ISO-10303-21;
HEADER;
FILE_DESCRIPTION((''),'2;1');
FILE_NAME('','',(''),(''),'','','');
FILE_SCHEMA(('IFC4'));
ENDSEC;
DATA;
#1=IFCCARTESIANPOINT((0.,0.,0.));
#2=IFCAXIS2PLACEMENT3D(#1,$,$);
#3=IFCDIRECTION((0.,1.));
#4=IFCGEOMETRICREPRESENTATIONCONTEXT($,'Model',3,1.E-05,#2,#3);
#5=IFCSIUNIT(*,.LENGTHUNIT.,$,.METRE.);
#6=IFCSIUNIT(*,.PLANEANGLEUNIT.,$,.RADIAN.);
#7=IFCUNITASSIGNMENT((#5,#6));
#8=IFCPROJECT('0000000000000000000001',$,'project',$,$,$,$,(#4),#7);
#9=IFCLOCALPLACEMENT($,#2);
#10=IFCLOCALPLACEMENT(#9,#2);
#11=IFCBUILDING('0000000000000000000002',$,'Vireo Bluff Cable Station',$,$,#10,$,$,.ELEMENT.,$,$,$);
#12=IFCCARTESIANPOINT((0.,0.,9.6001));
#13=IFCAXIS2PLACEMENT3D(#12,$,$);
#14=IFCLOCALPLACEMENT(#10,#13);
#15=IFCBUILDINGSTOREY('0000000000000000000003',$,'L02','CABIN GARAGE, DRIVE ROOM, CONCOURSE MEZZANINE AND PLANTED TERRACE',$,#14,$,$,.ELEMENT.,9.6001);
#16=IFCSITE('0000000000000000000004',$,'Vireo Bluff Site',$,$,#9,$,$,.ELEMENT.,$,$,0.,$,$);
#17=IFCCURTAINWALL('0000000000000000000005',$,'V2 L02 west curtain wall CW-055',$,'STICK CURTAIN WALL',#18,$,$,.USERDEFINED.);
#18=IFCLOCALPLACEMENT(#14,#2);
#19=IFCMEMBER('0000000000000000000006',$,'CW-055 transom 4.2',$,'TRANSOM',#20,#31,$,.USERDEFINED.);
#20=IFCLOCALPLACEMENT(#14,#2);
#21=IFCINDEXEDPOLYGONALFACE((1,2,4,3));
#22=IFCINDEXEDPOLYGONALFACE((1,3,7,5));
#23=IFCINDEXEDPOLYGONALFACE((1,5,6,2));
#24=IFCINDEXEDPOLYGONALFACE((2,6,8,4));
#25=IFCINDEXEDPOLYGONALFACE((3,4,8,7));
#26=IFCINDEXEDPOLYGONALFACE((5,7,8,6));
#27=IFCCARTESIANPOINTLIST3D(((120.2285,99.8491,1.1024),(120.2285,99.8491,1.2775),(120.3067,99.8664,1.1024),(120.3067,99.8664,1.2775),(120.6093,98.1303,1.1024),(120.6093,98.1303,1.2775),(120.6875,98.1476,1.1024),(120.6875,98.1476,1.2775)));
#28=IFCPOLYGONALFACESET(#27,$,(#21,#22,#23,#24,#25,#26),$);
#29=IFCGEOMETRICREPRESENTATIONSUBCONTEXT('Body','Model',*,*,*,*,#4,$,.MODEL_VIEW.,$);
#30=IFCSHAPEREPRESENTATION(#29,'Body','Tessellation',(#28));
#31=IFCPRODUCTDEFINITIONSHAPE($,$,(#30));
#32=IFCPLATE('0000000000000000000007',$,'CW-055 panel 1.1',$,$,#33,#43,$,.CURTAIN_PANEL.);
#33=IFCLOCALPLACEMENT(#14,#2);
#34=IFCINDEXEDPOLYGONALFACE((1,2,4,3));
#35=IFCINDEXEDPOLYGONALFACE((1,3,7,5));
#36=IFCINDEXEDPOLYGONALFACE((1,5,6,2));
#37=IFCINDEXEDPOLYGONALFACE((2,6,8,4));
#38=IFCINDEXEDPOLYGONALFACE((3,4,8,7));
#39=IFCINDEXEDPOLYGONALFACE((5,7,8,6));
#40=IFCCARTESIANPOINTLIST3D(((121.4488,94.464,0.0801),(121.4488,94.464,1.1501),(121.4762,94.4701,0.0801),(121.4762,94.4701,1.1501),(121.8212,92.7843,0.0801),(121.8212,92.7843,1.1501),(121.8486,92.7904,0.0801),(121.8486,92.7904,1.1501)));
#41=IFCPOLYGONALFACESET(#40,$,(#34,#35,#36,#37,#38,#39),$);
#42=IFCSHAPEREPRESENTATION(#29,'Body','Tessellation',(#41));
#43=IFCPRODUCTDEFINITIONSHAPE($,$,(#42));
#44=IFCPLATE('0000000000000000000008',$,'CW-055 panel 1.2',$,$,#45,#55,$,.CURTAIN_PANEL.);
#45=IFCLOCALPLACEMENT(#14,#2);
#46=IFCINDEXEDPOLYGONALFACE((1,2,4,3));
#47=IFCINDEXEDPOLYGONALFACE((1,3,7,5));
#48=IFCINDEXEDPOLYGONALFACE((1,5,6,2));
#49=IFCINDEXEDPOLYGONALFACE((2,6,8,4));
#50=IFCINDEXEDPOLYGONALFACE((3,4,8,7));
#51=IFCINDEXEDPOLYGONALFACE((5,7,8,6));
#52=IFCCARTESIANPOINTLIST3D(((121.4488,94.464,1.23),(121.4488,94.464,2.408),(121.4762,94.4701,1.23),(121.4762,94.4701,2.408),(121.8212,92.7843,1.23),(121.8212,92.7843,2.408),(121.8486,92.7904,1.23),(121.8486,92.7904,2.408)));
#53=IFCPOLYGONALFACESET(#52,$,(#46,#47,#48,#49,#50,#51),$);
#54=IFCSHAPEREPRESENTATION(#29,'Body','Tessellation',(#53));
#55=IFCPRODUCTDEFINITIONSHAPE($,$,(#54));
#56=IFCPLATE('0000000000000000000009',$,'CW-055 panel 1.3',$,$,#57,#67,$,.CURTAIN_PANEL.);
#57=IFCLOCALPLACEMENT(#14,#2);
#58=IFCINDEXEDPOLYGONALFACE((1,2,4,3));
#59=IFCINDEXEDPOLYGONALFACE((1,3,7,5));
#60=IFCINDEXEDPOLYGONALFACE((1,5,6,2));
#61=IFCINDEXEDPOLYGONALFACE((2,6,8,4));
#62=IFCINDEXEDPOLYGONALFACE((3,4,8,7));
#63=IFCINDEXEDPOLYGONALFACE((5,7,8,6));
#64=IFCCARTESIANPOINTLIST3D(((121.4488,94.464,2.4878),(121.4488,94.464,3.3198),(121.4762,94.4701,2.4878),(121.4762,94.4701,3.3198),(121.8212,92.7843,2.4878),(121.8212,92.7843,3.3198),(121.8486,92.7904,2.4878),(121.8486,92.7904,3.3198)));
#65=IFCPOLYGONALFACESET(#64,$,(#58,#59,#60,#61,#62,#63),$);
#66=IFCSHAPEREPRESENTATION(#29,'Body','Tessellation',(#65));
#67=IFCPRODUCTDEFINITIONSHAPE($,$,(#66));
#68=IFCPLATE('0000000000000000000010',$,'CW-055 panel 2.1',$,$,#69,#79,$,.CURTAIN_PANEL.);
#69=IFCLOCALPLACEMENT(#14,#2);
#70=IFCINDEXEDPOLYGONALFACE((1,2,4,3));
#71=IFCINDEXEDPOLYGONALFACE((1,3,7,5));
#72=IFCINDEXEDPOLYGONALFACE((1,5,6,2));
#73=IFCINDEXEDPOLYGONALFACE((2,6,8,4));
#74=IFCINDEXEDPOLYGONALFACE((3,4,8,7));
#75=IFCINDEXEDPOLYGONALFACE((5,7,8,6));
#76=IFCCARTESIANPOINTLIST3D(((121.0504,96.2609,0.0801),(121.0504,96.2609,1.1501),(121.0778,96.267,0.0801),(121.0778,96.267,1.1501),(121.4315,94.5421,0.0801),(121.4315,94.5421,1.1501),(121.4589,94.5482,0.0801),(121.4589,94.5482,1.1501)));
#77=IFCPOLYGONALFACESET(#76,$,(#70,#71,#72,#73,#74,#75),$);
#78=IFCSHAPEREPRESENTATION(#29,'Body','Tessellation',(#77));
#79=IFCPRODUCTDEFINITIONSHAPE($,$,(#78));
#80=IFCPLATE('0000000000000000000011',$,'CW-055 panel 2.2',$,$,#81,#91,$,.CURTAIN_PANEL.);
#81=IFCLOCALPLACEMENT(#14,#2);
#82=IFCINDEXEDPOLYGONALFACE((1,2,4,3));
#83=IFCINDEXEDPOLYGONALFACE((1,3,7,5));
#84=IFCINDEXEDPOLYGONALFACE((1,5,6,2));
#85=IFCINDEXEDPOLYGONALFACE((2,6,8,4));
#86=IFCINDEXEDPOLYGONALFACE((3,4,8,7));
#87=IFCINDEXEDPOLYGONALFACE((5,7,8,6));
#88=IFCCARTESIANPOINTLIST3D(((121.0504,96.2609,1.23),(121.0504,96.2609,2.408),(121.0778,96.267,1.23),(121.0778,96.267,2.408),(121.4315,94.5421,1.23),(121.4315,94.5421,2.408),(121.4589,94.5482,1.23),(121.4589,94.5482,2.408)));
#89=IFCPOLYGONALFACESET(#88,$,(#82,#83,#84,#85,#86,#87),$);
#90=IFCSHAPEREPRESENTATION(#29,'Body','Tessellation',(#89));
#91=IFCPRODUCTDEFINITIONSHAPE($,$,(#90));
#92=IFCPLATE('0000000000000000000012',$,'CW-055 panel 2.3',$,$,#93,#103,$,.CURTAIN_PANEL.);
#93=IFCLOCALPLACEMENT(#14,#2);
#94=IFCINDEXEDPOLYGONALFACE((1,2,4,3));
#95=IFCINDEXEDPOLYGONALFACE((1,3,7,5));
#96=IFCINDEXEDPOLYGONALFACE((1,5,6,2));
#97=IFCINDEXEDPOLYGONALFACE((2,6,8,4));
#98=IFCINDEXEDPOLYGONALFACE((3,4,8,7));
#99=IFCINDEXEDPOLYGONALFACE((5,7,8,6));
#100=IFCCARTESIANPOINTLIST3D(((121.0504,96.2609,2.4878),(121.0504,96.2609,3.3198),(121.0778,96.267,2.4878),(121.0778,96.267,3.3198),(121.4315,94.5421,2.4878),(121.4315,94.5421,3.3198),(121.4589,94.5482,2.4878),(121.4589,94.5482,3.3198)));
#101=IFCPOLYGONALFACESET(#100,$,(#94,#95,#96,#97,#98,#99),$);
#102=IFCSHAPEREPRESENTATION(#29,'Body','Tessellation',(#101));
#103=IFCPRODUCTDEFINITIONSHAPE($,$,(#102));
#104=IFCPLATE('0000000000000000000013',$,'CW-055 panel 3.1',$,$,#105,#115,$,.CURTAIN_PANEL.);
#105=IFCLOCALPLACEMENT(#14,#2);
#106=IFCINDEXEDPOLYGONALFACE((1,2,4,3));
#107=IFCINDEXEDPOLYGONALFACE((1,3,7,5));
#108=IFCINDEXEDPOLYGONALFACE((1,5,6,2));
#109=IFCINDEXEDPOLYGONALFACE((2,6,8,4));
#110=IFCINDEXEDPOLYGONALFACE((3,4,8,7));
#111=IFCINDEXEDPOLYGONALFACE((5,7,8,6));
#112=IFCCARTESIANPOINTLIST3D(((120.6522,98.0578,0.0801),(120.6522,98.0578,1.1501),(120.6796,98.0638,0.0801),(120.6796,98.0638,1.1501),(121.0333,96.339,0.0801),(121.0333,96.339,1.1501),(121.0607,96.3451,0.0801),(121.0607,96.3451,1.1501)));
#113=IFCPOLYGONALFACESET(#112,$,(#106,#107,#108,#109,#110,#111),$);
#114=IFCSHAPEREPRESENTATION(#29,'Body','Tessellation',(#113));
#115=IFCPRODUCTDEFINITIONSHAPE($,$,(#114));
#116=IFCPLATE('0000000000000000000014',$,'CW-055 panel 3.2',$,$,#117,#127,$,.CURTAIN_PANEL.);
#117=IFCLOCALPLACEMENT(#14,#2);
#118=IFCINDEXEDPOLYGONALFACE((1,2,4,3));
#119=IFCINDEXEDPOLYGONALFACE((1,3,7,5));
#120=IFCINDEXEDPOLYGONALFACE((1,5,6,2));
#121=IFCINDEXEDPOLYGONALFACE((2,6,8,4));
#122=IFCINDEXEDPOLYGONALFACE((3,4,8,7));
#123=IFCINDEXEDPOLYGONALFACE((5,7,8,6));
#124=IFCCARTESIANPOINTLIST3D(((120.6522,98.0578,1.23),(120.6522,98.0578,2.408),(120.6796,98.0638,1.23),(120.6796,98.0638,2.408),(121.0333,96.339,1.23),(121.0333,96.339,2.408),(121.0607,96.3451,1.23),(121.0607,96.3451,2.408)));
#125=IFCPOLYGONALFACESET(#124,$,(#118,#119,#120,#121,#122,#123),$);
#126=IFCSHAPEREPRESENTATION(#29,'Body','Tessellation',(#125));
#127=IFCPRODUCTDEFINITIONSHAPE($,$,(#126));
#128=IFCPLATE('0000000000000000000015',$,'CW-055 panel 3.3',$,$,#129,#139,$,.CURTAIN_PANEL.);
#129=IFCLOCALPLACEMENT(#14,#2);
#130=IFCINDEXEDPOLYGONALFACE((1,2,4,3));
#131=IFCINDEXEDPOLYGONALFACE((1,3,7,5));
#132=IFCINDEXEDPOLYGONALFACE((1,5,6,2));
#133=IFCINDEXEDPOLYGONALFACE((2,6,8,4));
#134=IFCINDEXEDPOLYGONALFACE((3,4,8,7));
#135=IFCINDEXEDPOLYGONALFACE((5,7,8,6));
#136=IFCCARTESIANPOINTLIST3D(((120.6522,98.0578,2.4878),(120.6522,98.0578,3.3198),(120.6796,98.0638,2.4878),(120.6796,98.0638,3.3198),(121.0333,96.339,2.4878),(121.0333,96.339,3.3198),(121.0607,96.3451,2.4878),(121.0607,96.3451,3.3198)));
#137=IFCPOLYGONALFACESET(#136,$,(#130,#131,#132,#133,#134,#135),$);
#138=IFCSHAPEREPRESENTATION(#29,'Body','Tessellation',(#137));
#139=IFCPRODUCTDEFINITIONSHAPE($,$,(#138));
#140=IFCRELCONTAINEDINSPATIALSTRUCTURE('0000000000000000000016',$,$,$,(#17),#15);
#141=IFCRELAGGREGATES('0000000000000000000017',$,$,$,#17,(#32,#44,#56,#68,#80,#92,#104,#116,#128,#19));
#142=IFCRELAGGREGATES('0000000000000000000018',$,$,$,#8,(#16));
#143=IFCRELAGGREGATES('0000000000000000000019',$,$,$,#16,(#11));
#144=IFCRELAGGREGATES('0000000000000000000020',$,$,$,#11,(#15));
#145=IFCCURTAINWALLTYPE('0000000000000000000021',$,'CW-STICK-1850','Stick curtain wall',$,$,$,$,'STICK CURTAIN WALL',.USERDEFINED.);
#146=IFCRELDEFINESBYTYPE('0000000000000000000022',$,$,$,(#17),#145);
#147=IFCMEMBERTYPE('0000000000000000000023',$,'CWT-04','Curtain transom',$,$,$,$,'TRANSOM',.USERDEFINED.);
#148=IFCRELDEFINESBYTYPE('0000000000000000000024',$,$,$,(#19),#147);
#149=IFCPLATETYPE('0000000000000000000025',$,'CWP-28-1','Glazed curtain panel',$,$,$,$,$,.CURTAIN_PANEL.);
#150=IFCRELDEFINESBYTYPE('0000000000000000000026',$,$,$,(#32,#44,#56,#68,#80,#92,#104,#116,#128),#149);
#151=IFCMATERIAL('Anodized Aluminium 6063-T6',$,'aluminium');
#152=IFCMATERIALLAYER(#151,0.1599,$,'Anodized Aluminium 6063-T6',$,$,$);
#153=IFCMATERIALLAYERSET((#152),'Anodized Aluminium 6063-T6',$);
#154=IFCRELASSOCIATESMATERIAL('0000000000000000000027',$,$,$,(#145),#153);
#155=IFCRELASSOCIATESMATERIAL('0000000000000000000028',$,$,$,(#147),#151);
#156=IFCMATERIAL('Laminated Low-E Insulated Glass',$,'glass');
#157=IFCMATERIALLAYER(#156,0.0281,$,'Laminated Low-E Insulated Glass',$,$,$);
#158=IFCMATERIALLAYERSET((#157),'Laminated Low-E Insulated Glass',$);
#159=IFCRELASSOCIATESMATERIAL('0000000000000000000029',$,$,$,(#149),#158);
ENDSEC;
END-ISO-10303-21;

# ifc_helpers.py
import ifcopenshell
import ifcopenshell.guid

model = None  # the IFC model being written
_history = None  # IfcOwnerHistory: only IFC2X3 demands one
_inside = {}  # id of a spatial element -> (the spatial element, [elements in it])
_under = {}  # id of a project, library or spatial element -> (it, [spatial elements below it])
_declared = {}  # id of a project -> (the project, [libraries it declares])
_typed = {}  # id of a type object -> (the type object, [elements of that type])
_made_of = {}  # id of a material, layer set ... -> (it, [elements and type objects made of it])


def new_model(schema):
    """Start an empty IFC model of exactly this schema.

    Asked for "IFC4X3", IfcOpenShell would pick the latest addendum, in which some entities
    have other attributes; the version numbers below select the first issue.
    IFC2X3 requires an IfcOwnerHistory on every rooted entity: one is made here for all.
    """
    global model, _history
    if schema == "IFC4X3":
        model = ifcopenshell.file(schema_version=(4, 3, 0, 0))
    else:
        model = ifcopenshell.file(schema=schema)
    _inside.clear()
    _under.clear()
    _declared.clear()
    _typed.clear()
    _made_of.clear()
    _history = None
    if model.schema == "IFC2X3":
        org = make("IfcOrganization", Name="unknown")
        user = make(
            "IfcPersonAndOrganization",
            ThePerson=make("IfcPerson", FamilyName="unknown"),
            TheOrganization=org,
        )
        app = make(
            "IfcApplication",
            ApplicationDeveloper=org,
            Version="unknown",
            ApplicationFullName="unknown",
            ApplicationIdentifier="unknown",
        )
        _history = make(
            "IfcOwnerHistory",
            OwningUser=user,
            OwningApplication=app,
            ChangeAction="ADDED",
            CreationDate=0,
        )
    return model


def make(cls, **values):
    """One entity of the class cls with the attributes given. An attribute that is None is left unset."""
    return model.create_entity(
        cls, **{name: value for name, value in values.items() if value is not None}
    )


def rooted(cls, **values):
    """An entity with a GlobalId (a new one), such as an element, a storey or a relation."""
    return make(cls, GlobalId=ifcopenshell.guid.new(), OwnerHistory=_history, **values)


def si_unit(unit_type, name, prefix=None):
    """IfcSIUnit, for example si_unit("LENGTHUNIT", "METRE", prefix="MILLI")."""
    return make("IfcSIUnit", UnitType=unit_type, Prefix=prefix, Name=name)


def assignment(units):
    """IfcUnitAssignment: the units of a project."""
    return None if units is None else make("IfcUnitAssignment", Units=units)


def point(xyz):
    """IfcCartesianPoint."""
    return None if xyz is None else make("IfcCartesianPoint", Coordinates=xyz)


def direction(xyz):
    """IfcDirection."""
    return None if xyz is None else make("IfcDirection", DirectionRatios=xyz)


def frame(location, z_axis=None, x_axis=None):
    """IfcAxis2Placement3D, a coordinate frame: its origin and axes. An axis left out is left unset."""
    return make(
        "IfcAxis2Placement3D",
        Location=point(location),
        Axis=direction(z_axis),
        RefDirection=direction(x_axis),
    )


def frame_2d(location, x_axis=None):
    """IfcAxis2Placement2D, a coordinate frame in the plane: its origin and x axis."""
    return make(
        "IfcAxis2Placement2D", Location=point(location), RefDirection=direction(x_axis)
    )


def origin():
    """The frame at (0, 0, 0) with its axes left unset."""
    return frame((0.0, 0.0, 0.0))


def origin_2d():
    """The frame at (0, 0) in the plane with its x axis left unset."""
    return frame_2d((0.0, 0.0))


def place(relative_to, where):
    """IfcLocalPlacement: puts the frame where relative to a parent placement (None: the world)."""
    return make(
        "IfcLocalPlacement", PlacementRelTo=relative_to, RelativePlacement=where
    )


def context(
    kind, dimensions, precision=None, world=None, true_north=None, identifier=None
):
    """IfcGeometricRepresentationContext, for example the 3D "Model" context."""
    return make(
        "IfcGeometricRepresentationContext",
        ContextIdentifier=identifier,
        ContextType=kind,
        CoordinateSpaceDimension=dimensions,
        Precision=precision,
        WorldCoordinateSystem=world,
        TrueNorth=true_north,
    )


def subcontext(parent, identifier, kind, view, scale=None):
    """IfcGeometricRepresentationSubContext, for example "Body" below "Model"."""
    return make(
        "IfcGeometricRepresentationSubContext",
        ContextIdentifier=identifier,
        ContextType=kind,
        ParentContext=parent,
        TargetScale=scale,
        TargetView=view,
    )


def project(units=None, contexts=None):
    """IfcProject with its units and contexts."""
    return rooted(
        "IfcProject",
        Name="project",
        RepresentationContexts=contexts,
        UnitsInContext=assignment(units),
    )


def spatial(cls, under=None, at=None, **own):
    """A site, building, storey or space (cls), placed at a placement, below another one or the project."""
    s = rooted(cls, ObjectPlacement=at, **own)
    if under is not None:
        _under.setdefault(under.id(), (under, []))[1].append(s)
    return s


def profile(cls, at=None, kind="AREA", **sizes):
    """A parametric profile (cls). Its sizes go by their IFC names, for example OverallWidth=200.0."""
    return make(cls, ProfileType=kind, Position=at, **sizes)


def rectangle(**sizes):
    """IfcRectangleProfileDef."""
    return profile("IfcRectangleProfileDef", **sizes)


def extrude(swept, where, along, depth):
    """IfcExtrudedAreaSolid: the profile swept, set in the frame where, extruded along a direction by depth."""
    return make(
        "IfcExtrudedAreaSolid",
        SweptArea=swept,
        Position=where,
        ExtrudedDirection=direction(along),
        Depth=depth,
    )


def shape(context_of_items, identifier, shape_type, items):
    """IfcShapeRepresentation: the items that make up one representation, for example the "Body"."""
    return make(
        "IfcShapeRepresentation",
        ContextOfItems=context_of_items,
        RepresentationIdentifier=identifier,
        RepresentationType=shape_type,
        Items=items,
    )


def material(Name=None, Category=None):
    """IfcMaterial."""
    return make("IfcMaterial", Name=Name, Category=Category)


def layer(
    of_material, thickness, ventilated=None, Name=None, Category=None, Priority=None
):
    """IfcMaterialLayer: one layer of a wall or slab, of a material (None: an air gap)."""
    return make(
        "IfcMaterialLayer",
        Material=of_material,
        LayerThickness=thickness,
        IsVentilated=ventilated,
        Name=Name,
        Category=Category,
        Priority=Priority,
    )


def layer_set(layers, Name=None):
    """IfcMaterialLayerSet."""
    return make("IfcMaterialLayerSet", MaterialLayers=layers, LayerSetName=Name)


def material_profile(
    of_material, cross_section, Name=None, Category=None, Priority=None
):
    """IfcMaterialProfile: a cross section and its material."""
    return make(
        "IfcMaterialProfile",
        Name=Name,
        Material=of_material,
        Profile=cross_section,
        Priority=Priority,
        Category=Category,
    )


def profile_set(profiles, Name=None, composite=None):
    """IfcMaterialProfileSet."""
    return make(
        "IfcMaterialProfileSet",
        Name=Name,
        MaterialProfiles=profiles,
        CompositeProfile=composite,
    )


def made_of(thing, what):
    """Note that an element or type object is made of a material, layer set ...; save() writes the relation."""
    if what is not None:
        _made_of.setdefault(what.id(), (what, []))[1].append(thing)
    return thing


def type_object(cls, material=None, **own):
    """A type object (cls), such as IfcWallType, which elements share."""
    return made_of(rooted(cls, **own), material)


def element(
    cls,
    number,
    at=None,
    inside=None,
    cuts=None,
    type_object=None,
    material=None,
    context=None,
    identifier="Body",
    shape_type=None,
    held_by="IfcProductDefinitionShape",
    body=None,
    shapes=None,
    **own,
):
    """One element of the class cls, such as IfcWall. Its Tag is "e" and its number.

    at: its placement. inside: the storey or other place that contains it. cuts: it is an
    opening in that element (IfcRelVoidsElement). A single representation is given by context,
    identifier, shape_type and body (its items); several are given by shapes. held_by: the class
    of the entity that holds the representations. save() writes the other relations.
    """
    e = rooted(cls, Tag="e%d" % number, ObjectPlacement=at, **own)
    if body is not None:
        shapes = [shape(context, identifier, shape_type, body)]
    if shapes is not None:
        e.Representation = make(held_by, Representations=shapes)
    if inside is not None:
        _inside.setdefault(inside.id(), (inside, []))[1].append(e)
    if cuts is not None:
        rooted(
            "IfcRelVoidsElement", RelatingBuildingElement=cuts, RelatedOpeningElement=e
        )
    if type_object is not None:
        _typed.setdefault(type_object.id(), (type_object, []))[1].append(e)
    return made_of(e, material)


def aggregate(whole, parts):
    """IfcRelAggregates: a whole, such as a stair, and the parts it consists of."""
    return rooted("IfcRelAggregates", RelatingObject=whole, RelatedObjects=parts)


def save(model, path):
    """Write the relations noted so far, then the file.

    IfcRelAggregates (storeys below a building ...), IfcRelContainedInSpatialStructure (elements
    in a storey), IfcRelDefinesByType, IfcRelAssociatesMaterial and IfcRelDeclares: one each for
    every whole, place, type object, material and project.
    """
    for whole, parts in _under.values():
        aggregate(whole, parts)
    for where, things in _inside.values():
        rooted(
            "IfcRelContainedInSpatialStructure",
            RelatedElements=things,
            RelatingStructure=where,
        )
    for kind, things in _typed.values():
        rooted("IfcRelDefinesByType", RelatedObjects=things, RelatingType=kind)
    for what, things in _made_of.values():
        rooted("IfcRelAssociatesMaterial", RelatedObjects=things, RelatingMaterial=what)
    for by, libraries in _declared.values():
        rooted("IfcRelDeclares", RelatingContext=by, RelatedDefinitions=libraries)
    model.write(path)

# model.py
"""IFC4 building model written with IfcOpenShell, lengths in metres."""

from ifc_helpers import new_model, si_unit, direction, frame, origin, origin_2d, place, context, subcontext, project, spatial, rectangle, extrude, material, layer, layer_set, material_profile, profile_set, type_object, element, aggregate, save


model = new_model("IFC4")

# Units and contexts
model_context = context("Model", 3, precision=1e-05, world=origin(), true_north=direction((0.0, 1.0)))
body_context = subcontext(model_context, "Body", "Model", "MODEL_VIEW")
ifc_project = project(units=[si_unit("LENGTHUNIT", "METRE"), si_unit("PLANEANGLEUNIT", "RADIAN")], contexts=[model_context])

# Site, building, storey
site_placement = place(None, origin())
site = spatial("IfcSite", under=ifc_project, at=site_placement, Name="Vireo Bluff Site", CompositionType="ELEMENT", RefElevation=0.0)
building_placement = place(site_placement, origin())
building = spatial("IfcBuilding", under=site, at=building_placement, Name="Vireo Bluff Cable Station", CompositionType="ELEMENT")
storey_placement = place(building_placement, frame((0.0, 0.0, 9.6001)))
storey = spatial("IfcBuildingStorey", under=building, at=storey_placement, Name="L02", Description="CABIN GARAGE, DRIVE ROOM, CONCOURSE MEZZANINE AND PLANTED TERRACE", CompositionType="ELEMENT", Elevation=9.6001)

# Curtain wall, member, plates
ifc_material_1 = material(Name="Anodized Aluminium 6063-T6", Category="aluminium")
ifc_layer_1 = layer(ifc_material_1, 0.1599, Name="Anodized Aluminium 6063-T6")
ifc_layer_set_1 = layer_set([ifc_layer_1], Name="Anodized Aluminium 6063-T6")
curtain_wall_type = type_object("IfcCurtainWallType", Name="CW-STICK-1850", Description="Stick curtain wall", ElementType="STICK CURTAIN WALL", PredefinedType="USERDEFINED", material=ifc_layer_set_1)
curtain_wall_placement = place(storey_placement, origin())
curtain_wall = element("IfcCurtainWall", 1, at=curtain_wall_placement, inside=storey, type_object=curtain_wall_type, Name="V2 L02 west curtain wall CW-055", ObjectType="STICK CURTAIN WALL", PredefinedType="USERDEFINED")
ifc_material_profile_1 = material_profile(ifc_material_1, rectangle(XDim=0.0801, YDim=0.175, at=origin_2d()), Name="ALU-T-80X175")
ifc_profile_set_1 = profile_set([ifc_material_profile_1], Name="Anodized Aluminium 6063-T6")
member_type_1 = type_object("IfcMemberType", Name="CWT-04", Description="Curtain transom", ElementType="TRANSOM", PredefinedType="USERDEFINED", material=ifc_profile_set_1)
member_1_placement = place(storey_placement, frame((120.6484, 98.1389, 1.1899), z_axis=(-0.216343, 0.976317, 0.0), x_axis=(-0.976317, -0.216343, 0.0)))
member_1 = element("IfcMember", 2, at=member_1_placement, type_object=member_type_1, Name="CW-055 transom 4.2", ObjectType="TRANSOM", PredefinedType="USERDEFINED", context=body_context, shape_type="SweptSolid", body=[
    extrude(rectangle(XDim=0.0801, YDim=0.175, at=origin_2d()), origin(), (0.0, 0.0, 1.0), 1.7605),
])
ifc_material_2 = material(Name="Laminated Low-E Insulated Glass", Category="glass")
ifc_layer_2 = layer(ifc_material_2, 0.0281, Name="Laminated Low-E Insulated Glass")
ifc_layer_set_2 = layer_set([ifc_layer_2], Name="Laminated Low-E Insulated Glass")
plate_type = type_object("IfcPlateType", Name="CWP-28-1", Description="Glazed curtain panel", PredefinedType="CURTAIN_PANEL", material=ifc_layer_set_2)
plate_1_placement = place(storey_placement, frame((121.6487, 93.6272, 0.0801), z_axis=(0.0, 0.0, 1.0), x_axis=(-0.21644, 0.976296, 0.0)))
plate_1 = element("IfcPlate", 3, at=plate_1_placement, type_object=plate_type, Name="CW-055 panel 1.1", PredefinedType="CURTAIN_PANEL", context=body_context, shape_type="SweptSolid", body=[
    extrude(rectangle(XDim=1.7205, YDim=0.0281, at=origin_2d()), origin(), (0.0, 0.0, 1.0), 1.0701),
])
plate_2_placement = place(storey_placement, frame((121.6487, 93.6272, 1.23), z_axis=(0.0, 0.0, 1.0), x_axis=(-0.21644, 0.976296, 0.0)))
plate_2 = element("IfcPlate", 4, at=plate_2_placement, type_object=plate_type, Name="CW-055 panel 1.2", PredefinedType="CURTAIN_PANEL", context=body_context, shape_type="SweptSolid", body=[
    extrude(rectangle(XDim=1.7205, YDim=0.0281, at=origin_2d()), origin(), (0.0, 0.0, 1.0), 1.178),
])
plate_3_placement = place(storey_placement, frame((121.6487, 93.6272, 2.4878), z_axis=(0.0, 0.0, 1.0), x_axis=(-0.21644, 0.976296, 0.0)))
plate_3 = element("IfcPlate", 5, at=plate_3_placement, type_object=plate_type, Name="CW-055 panel 1.3", PredefinedType="CURTAIN_PANEL", context=body_context, shape_type="SweptSolid", body=[
    extrude(rectangle(XDim=1.7205, YDim=0.0281, at=origin_2d()), origin(), (0.0, 0.0, 1.0), 0.832),
])
plate_4_placement = place(storey_placement, frame((121.2546, 95.4045, 0.0801), z_axis=(0.0, 0.0, 1.0), x_axis=(-0.21644, 0.976296, 0.0)))
plate_4 = element("IfcPlate", 6, at=plate_4_placement, type_object=plate_type, Name="CW-055 panel 2.1", PredefinedType="CURTAIN_PANEL", context=body_context, shape_type="SweptSolid", body=[
    extrude(rectangle(XDim=1.7605, YDim=0.0281, at=origin_2d()), origin(), (0.0, 0.0, 1.0), 1.0701),
])
plate_5_placement = place(storey_placement, frame((121.2546, 95.4045, 1.23), z_axis=(0.0, 0.0, 1.0), x_axis=(-0.21644, 0.976296, 0.0)))
plate_5 = element("IfcPlate", 7, at=plate_5_placement, type_object=plate_type, Name="CW-055 panel 2.2", PredefinedType="CURTAIN_PANEL", context=body_context, shape_type="SweptSolid", body=[
    extrude(rectangle(XDim=1.7605, YDim=0.0281, at=origin_2d()), origin(), (0.0, 0.0, 1.0), 1.178),
])
plate_6_placement = place(storey_placement, frame((121.2546, 95.4045, 2.4878), z_axis=(0.0, 0.0, 1.0), x_axis=(-0.21644, 0.976296, 0.0)))
plate_6 = element("IfcPlate", 8, at=plate_6_placement, type_object=plate_type, Name="CW-055 panel 2.3", PredefinedType="CURTAIN_PANEL", context=body_context, shape_type="SweptSolid", body=[
    extrude(rectangle(XDim=1.7605, YDim=0.0281, at=origin_2d()), origin(), (0.0, 0.0, 1.0), 0.832),
])
plate_7_placement = place(storey_placement, frame((120.8564, 97.2014, 0.0801), z_axis=(0.0, 0.0, 1.0), x_axis=(-0.21644, 0.976296, 0.0)))
plate_7 = element("IfcPlate", 9, at=plate_7_placement, type_object=plate_type, Name="CW-055 panel 3.1", PredefinedType="CURTAIN_PANEL", context=body_context, shape_type="SweptSolid", body=[
    extrude(rectangle(XDim=1.7605, YDim=0.0281, at=origin_2d()), origin(), (0.0, 0.0, 1.0), 1.0701),
])
plate_8_placement = place(storey_placement, frame((120.8564, 97.2014, 1.23), z_axis=(0.0, 0.0, 1.0), x_axis=(-0.21644, 0.976296, 0.0)))
plate_8 = element("IfcPlate", 10, at=plate_8_placement, type_object=plate_type, Name="CW-055 panel 3.2", PredefinedType="CURTAIN_PANEL", context=body_context, shape_type="SweptSolid", body=[
    extrude(rectangle(XDim=1.7605, YDim=0.0281, at=origin_2d()), origin(), (0.0, 0.0, 1.0), 1.178),
])
plate_9_placement = place(storey_placement, frame((120.8564, 97.2014, 2.4878), z_axis=(0.0, 0.0, 1.0), x_axis=(-0.21644, 0.976296, 0.0)))
plate_9 = element("IfcPlate", 11, at=plate_9_placement, type_object=plate_type, Name="CW-055 panel 3.3", PredefinedType="CURTAIN_PANEL", context=body_context, shape_type="SweptSolid", body=[
    extrude(rectangle(XDim=1.7605, YDim=0.0281, at=origin_2d()), origin(), (0.0, 0.0, 1.0), 0.832),
])
aggregate(curtain_wall, [plate_1, plate_2, plate_3, plate_4, plate_5, plate_6, plate_7, plate_8, plate_9, member_1])

save(model, "model.ifc")
